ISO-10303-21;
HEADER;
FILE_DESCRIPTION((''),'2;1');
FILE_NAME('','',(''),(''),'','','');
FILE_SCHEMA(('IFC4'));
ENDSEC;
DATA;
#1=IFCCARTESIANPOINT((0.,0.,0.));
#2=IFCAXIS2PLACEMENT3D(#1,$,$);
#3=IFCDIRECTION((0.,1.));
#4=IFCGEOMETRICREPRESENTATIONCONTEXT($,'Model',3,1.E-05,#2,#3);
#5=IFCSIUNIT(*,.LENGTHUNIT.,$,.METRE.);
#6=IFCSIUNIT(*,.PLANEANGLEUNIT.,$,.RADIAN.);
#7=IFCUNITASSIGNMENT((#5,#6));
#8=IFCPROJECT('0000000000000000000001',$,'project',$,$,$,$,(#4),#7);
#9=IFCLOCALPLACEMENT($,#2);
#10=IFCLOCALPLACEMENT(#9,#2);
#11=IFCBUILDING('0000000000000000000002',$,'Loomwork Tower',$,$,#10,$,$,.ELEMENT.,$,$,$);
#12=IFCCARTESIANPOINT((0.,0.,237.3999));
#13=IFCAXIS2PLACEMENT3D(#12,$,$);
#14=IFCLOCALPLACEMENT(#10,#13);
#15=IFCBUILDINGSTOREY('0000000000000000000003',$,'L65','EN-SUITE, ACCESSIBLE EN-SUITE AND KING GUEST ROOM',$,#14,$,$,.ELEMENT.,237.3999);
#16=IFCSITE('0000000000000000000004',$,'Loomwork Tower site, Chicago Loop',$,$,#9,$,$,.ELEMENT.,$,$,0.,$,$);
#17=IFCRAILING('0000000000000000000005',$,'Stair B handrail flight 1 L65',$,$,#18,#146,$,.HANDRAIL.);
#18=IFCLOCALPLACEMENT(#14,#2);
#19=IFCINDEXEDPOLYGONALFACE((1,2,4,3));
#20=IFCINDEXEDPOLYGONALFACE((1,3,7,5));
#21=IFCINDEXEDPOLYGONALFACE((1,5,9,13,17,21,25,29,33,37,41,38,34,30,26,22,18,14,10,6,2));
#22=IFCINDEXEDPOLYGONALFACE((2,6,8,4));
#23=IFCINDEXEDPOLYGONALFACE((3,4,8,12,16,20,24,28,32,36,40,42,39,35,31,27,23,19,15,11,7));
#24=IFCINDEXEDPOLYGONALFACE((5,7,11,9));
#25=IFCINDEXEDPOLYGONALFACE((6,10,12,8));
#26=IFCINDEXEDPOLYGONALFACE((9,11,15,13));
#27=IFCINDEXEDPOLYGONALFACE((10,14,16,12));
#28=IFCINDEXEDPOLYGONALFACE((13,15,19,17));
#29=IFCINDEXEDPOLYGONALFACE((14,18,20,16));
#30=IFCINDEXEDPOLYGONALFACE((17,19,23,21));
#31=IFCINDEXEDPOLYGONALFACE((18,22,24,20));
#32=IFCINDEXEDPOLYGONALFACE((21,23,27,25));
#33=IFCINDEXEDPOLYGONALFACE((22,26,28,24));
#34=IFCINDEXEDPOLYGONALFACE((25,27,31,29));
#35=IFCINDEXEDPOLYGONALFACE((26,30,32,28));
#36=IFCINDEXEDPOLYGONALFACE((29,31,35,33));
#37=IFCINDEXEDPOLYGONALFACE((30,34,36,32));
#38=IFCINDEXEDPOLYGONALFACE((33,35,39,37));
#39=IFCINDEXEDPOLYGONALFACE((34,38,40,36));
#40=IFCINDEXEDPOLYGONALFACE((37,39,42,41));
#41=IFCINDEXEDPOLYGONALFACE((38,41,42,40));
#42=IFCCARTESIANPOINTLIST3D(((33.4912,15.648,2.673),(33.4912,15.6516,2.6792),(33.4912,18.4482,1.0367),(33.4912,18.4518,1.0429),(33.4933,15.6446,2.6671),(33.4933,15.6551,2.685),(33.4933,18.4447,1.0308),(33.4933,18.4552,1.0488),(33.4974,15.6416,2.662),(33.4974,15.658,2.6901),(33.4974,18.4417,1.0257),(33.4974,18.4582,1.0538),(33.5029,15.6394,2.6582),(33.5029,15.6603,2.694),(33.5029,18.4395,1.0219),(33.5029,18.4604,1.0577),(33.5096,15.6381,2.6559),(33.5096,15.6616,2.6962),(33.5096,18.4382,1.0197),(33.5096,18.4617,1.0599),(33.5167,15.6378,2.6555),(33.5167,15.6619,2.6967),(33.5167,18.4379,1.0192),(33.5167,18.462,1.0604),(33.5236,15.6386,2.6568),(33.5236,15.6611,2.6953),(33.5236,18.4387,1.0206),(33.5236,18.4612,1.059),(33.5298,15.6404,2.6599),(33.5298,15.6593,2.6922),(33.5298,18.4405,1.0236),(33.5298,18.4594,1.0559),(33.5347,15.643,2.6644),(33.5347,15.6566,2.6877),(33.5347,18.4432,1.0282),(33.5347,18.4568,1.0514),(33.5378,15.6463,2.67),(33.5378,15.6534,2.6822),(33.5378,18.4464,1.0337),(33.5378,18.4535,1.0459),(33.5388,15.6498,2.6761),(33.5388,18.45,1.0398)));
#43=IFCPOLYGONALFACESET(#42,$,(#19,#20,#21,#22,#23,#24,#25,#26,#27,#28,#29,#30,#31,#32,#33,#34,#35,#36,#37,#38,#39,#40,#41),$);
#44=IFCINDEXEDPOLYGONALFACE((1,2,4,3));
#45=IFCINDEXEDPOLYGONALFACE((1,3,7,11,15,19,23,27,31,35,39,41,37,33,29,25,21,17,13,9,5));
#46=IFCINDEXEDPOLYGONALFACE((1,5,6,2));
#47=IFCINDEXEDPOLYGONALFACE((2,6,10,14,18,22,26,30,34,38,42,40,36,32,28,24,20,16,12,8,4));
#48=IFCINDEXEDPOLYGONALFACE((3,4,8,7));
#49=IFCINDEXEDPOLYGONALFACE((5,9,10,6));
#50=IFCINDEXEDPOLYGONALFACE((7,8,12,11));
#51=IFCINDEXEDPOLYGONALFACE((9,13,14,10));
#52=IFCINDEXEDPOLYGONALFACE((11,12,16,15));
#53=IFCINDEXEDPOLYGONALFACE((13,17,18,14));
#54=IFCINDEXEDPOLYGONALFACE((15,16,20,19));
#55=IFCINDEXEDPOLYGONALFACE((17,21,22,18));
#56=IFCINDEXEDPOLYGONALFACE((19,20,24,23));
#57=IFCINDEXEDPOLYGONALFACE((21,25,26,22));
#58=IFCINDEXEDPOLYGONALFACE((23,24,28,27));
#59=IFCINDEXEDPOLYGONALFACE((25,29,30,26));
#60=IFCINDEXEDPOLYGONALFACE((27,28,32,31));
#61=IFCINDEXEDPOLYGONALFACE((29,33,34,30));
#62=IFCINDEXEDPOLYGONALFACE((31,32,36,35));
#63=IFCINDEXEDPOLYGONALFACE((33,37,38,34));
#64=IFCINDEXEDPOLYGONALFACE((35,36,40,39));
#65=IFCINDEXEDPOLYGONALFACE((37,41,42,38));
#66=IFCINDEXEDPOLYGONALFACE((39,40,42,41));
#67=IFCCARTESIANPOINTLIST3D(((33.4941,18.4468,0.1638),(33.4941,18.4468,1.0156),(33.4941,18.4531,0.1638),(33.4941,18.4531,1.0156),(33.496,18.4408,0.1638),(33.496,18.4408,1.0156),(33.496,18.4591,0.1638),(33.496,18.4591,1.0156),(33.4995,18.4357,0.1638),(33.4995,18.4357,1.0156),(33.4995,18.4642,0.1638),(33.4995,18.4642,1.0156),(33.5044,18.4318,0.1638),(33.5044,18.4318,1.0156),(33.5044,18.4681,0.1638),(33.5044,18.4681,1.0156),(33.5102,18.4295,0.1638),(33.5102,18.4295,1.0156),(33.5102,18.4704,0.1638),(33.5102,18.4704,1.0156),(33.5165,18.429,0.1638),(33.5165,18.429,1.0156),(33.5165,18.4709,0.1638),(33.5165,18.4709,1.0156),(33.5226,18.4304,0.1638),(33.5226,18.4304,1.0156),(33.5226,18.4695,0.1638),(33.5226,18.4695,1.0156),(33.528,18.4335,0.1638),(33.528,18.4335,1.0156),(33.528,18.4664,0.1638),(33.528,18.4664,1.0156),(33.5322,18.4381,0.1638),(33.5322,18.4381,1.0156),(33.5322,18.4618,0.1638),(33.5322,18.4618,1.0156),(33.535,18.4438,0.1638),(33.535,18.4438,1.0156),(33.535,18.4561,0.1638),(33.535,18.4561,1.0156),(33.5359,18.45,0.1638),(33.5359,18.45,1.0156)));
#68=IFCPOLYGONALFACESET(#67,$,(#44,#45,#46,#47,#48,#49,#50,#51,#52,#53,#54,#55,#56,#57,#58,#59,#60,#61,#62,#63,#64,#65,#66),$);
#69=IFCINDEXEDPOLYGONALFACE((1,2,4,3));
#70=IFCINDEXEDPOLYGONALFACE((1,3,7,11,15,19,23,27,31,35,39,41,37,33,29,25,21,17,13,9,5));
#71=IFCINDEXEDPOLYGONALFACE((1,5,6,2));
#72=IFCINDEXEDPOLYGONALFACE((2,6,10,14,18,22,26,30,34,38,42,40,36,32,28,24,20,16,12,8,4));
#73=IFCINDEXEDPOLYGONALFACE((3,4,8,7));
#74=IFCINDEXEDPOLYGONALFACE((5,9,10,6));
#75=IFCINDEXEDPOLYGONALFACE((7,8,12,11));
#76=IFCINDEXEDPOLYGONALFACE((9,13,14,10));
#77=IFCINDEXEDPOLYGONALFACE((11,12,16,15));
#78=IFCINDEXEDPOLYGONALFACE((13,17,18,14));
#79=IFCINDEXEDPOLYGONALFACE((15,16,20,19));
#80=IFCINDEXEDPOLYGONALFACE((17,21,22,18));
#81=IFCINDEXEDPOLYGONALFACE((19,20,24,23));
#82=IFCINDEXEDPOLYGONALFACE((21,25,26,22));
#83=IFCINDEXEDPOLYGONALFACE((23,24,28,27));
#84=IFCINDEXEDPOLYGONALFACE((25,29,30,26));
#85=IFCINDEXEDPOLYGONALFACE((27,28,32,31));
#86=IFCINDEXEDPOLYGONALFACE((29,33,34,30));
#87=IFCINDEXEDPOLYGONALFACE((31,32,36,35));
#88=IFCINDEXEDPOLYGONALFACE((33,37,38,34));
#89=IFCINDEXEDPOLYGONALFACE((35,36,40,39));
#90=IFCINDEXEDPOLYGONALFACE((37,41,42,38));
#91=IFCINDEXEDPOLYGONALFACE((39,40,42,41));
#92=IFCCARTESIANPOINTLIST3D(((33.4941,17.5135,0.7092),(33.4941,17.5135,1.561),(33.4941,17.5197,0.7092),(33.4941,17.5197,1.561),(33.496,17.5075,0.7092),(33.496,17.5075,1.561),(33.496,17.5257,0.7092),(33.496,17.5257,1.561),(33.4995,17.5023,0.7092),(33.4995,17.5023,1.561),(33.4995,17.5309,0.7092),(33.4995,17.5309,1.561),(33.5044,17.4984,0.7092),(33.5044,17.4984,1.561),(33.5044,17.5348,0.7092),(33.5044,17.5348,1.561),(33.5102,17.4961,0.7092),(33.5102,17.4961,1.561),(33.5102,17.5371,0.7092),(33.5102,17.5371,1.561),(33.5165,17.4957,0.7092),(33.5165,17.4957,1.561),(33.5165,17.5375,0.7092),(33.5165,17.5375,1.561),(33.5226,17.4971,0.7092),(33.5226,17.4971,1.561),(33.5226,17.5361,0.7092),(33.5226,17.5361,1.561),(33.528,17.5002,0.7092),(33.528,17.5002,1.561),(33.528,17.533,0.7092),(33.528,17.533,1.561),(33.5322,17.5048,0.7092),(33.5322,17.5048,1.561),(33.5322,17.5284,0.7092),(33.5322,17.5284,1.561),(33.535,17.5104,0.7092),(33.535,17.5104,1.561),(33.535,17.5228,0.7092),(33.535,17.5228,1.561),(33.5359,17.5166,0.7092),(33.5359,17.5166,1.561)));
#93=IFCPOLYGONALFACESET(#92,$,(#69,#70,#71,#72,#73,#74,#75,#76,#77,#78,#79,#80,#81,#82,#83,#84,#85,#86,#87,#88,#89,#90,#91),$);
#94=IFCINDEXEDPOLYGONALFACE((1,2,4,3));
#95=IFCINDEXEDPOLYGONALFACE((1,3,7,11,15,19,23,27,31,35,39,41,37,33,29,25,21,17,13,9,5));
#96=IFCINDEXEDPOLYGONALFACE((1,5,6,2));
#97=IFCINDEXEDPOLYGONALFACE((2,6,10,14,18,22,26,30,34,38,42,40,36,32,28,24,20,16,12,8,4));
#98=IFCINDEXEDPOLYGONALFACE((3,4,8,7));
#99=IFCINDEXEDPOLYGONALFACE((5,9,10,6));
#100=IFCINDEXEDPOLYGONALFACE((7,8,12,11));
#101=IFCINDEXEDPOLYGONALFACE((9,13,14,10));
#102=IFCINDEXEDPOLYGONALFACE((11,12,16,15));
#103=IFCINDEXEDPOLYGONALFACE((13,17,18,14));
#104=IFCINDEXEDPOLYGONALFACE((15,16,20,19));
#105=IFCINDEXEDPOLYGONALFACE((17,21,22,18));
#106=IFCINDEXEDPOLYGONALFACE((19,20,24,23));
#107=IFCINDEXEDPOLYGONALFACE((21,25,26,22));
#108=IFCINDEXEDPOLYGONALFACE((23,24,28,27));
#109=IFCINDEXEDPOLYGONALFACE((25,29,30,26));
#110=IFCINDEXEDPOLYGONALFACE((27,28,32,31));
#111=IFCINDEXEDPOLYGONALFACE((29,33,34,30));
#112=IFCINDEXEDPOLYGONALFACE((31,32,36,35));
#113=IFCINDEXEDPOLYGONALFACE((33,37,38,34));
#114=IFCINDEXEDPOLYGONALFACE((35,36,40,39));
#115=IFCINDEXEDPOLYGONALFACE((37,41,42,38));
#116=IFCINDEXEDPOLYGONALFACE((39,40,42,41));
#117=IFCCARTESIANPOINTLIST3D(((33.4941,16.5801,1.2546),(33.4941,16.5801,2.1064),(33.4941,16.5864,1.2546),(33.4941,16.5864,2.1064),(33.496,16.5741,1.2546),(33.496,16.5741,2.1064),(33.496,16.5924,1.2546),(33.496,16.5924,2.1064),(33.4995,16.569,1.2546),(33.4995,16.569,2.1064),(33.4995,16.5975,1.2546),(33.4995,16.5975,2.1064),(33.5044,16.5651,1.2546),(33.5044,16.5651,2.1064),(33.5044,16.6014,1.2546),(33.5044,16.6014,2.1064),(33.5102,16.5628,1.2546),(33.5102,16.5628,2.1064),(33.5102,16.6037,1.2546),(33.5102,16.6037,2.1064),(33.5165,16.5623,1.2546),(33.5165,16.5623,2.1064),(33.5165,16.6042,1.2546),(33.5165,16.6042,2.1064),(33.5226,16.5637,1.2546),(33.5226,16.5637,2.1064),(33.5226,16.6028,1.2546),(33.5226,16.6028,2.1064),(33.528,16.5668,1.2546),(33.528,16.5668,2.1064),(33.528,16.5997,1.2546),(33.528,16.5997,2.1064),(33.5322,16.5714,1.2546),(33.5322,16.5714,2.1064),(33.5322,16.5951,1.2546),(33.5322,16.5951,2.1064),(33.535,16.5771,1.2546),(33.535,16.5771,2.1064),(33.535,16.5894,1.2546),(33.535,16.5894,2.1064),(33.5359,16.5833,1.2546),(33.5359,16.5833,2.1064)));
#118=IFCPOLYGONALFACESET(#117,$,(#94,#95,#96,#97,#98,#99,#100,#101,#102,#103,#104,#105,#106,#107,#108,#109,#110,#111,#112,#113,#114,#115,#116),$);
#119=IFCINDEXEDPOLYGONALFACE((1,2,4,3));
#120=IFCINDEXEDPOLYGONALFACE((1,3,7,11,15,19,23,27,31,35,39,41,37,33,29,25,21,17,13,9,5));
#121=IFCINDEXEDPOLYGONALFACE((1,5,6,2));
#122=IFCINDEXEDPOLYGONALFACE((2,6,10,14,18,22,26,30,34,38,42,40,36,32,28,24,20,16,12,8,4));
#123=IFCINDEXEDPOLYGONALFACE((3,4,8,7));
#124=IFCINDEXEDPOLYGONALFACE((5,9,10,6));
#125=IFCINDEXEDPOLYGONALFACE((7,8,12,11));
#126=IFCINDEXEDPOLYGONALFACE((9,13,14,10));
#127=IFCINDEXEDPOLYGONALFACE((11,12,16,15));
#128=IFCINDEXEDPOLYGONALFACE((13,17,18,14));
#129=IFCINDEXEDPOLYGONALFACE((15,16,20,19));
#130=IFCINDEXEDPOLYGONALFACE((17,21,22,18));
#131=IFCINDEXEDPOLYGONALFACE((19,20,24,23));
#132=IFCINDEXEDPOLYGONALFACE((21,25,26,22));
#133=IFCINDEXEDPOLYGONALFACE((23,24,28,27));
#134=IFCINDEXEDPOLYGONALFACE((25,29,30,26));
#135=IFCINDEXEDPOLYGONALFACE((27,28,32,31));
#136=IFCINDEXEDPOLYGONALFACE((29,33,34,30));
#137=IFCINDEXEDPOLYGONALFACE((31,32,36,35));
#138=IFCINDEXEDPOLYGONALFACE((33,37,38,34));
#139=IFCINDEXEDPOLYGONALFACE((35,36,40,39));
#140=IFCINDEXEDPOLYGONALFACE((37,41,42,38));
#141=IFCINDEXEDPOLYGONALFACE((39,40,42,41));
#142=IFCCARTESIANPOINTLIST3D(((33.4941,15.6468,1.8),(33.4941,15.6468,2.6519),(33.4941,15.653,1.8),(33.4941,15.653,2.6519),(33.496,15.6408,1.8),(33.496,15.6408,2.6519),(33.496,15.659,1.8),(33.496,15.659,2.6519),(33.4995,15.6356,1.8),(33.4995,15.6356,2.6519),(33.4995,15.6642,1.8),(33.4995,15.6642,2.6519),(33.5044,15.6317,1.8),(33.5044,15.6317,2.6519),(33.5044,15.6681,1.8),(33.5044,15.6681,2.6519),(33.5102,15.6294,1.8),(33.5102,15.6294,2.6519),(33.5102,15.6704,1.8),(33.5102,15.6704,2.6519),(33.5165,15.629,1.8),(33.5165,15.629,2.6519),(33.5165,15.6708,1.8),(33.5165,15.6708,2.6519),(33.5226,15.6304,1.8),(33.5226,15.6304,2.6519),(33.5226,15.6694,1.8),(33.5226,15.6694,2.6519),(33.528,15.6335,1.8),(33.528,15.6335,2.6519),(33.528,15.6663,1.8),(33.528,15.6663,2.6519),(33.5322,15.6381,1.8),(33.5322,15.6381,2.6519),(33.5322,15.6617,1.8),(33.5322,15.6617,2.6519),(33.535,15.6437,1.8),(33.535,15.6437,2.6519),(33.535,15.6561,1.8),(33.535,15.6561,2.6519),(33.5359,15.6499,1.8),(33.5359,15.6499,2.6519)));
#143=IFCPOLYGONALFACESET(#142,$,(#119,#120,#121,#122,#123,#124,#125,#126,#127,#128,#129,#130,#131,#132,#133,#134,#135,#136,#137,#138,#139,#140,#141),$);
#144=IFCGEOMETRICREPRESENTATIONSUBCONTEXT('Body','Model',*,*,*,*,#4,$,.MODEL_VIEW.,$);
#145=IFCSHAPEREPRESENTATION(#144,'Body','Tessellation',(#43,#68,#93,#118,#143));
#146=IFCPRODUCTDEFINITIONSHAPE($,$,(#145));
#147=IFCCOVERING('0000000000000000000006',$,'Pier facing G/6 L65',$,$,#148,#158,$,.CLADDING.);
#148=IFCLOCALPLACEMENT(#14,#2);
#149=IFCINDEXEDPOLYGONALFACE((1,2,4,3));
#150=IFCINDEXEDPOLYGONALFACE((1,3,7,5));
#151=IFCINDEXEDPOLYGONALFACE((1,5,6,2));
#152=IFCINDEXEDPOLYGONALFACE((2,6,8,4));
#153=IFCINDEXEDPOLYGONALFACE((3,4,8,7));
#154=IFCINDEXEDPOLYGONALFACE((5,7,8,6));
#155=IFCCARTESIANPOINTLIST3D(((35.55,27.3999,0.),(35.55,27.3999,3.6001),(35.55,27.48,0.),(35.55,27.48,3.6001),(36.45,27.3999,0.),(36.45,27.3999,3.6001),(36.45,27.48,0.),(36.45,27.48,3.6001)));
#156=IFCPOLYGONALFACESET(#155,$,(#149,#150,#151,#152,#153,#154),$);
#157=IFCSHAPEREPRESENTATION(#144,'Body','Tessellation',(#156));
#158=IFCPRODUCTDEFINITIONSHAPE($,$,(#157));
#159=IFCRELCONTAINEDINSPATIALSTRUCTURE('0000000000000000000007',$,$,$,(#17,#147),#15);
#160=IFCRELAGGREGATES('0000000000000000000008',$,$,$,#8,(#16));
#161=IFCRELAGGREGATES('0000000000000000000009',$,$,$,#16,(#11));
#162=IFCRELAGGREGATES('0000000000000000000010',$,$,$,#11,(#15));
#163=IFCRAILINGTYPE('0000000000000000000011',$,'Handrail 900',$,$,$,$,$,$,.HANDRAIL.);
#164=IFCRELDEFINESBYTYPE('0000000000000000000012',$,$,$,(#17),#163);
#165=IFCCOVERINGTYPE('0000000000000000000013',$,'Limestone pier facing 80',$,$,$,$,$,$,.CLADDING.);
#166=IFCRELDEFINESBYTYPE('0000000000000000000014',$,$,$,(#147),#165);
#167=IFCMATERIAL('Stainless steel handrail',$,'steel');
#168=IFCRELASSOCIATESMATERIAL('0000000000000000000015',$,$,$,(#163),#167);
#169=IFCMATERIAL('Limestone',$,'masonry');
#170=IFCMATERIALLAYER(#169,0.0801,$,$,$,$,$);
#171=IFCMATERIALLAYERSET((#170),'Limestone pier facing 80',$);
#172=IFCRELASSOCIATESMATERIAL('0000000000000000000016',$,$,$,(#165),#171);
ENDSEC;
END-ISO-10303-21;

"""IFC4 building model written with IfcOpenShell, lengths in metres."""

from ifc_helpers import new_model, si_unit, direction, frame, origin, origin_2d, place, context, subcontext, project, spatial, rectangle, circle, extrude, material, layer, layer_set, type_object, element, save


model = new_model("IFC4")

# Units and contexts
model_context = context("Model", 3, precision=1e-05, world=origin(), true_north=direction((0.0, 1.0)))
body_context = subcontext(model_context, "Body", "Model", "MODEL_VIEW")
ifc_project = project(units=[si_unit("LENGTHUNIT", "METRE"), si_unit("PLANEANGLEUNIT", "RADIAN")], contexts=[model_context])

# Site, building, storey
site_placement = place(None, origin())
site = spatial("IfcSite", under=ifc_project, at=site_placement, Name="Loomwork Tower site, Chicago Loop", CompositionType="ELEMENT", RefElevation=0.0)
building_placement = place(site_placement, origin())
building = spatial("IfcBuilding", under=site, at=building_placement, Name="Loomwork Tower", CompositionType="ELEMENT")
storey_placement = place(building_placement, frame((0.0, 0.0, 237.3999)))
storey = spatial("IfcBuildingStorey", under=building, at=storey_placement, Name="L65", Description="EN-SUITE, ACCESSIBLE EN-SUITE AND KING GUEST ROOM", CompositionType="ELEMENT", Elevation=237.3999)

# Railing
ifc_material_1 = material(Name="Stainless steel handrail", Category="steel")
railing_type = type_object("IfcRailingType", Name="Handrail 900", PredefinedType="HANDRAIL", material=ifc_material_1)
railing_placement = place(storey_placement, frame((33.5149, 18.45, 0.1638)))
element("IfcRailing", 1, at=railing_placement, inside=storey, type_object=railing_type, Name="Stair B handrail flight 1 L65", PredefinedType="HANDRAIL", context=body_context, shape_type="SweptSolid", body=[
    extrude(circle(Radius=0.0239, at=origin_2d()), frame((0.0, 0.0, 0.876), z_axis=(0.0, -0.863394, 0.504531), x_axis=(1.0, 0.0, 0.0)), (0.0, 0.0, 1.0), 3.2432),
    extrude(circle(Radius=0.021, at=origin_2d()), origin(), (0.0, 0.0, 1.0), 0.8518),
    extrude(circle(Radius=0.021, at=origin_2d()), frame((0.0, -0.9333, 0.5454)), (0.0, 0.0, 1.0), 0.8518),
    extrude(circle(Radius=0.021, at=origin_2d()), frame((0.0, -1.8667, 1.0908)), (0.0, 0.0, 1.0), 0.8518),
    extrude(circle(Radius=0.021, at=origin_2d()), frame((0.0, -2.8, 1.6362)), (0.0, 0.0, 1.0), 0.8518),
])

# Covering
ifc_material_2 = material(Name="Limestone", Category="masonry")
ifc_layer_1 = layer(ifc_material_2, 0.0801)
ifc_layer_set_1 = layer_set([ifc_layer_1], Name="Limestone pier facing 80")
covering_type = type_object("IfcCoveringType", Name="Limestone pier facing 80", PredefinedType="CLADDING", material=ifc_layer_set_1)
covering_placement = place(storey_placement, frame((36.0, 27.4399, 0.0), z_axis=(0.0, 0.0, 1.0), x_axis=(1.0, 0.0, 0.0)))
element("IfcCovering", 2, at=covering_placement, inside=storey, type_object=covering_type, Name="Pier facing G/6 L65", PredefinedType="CLADDING", context=body_context, shape_type="SweptSolid", body=[
    extrude(rectangle(XDim=0.8999, YDim=0.0801, at=origin_2d()), origin(), (0.0, 0.0, 1.0), 3.6001),
])

save(model, "model.ifc")
